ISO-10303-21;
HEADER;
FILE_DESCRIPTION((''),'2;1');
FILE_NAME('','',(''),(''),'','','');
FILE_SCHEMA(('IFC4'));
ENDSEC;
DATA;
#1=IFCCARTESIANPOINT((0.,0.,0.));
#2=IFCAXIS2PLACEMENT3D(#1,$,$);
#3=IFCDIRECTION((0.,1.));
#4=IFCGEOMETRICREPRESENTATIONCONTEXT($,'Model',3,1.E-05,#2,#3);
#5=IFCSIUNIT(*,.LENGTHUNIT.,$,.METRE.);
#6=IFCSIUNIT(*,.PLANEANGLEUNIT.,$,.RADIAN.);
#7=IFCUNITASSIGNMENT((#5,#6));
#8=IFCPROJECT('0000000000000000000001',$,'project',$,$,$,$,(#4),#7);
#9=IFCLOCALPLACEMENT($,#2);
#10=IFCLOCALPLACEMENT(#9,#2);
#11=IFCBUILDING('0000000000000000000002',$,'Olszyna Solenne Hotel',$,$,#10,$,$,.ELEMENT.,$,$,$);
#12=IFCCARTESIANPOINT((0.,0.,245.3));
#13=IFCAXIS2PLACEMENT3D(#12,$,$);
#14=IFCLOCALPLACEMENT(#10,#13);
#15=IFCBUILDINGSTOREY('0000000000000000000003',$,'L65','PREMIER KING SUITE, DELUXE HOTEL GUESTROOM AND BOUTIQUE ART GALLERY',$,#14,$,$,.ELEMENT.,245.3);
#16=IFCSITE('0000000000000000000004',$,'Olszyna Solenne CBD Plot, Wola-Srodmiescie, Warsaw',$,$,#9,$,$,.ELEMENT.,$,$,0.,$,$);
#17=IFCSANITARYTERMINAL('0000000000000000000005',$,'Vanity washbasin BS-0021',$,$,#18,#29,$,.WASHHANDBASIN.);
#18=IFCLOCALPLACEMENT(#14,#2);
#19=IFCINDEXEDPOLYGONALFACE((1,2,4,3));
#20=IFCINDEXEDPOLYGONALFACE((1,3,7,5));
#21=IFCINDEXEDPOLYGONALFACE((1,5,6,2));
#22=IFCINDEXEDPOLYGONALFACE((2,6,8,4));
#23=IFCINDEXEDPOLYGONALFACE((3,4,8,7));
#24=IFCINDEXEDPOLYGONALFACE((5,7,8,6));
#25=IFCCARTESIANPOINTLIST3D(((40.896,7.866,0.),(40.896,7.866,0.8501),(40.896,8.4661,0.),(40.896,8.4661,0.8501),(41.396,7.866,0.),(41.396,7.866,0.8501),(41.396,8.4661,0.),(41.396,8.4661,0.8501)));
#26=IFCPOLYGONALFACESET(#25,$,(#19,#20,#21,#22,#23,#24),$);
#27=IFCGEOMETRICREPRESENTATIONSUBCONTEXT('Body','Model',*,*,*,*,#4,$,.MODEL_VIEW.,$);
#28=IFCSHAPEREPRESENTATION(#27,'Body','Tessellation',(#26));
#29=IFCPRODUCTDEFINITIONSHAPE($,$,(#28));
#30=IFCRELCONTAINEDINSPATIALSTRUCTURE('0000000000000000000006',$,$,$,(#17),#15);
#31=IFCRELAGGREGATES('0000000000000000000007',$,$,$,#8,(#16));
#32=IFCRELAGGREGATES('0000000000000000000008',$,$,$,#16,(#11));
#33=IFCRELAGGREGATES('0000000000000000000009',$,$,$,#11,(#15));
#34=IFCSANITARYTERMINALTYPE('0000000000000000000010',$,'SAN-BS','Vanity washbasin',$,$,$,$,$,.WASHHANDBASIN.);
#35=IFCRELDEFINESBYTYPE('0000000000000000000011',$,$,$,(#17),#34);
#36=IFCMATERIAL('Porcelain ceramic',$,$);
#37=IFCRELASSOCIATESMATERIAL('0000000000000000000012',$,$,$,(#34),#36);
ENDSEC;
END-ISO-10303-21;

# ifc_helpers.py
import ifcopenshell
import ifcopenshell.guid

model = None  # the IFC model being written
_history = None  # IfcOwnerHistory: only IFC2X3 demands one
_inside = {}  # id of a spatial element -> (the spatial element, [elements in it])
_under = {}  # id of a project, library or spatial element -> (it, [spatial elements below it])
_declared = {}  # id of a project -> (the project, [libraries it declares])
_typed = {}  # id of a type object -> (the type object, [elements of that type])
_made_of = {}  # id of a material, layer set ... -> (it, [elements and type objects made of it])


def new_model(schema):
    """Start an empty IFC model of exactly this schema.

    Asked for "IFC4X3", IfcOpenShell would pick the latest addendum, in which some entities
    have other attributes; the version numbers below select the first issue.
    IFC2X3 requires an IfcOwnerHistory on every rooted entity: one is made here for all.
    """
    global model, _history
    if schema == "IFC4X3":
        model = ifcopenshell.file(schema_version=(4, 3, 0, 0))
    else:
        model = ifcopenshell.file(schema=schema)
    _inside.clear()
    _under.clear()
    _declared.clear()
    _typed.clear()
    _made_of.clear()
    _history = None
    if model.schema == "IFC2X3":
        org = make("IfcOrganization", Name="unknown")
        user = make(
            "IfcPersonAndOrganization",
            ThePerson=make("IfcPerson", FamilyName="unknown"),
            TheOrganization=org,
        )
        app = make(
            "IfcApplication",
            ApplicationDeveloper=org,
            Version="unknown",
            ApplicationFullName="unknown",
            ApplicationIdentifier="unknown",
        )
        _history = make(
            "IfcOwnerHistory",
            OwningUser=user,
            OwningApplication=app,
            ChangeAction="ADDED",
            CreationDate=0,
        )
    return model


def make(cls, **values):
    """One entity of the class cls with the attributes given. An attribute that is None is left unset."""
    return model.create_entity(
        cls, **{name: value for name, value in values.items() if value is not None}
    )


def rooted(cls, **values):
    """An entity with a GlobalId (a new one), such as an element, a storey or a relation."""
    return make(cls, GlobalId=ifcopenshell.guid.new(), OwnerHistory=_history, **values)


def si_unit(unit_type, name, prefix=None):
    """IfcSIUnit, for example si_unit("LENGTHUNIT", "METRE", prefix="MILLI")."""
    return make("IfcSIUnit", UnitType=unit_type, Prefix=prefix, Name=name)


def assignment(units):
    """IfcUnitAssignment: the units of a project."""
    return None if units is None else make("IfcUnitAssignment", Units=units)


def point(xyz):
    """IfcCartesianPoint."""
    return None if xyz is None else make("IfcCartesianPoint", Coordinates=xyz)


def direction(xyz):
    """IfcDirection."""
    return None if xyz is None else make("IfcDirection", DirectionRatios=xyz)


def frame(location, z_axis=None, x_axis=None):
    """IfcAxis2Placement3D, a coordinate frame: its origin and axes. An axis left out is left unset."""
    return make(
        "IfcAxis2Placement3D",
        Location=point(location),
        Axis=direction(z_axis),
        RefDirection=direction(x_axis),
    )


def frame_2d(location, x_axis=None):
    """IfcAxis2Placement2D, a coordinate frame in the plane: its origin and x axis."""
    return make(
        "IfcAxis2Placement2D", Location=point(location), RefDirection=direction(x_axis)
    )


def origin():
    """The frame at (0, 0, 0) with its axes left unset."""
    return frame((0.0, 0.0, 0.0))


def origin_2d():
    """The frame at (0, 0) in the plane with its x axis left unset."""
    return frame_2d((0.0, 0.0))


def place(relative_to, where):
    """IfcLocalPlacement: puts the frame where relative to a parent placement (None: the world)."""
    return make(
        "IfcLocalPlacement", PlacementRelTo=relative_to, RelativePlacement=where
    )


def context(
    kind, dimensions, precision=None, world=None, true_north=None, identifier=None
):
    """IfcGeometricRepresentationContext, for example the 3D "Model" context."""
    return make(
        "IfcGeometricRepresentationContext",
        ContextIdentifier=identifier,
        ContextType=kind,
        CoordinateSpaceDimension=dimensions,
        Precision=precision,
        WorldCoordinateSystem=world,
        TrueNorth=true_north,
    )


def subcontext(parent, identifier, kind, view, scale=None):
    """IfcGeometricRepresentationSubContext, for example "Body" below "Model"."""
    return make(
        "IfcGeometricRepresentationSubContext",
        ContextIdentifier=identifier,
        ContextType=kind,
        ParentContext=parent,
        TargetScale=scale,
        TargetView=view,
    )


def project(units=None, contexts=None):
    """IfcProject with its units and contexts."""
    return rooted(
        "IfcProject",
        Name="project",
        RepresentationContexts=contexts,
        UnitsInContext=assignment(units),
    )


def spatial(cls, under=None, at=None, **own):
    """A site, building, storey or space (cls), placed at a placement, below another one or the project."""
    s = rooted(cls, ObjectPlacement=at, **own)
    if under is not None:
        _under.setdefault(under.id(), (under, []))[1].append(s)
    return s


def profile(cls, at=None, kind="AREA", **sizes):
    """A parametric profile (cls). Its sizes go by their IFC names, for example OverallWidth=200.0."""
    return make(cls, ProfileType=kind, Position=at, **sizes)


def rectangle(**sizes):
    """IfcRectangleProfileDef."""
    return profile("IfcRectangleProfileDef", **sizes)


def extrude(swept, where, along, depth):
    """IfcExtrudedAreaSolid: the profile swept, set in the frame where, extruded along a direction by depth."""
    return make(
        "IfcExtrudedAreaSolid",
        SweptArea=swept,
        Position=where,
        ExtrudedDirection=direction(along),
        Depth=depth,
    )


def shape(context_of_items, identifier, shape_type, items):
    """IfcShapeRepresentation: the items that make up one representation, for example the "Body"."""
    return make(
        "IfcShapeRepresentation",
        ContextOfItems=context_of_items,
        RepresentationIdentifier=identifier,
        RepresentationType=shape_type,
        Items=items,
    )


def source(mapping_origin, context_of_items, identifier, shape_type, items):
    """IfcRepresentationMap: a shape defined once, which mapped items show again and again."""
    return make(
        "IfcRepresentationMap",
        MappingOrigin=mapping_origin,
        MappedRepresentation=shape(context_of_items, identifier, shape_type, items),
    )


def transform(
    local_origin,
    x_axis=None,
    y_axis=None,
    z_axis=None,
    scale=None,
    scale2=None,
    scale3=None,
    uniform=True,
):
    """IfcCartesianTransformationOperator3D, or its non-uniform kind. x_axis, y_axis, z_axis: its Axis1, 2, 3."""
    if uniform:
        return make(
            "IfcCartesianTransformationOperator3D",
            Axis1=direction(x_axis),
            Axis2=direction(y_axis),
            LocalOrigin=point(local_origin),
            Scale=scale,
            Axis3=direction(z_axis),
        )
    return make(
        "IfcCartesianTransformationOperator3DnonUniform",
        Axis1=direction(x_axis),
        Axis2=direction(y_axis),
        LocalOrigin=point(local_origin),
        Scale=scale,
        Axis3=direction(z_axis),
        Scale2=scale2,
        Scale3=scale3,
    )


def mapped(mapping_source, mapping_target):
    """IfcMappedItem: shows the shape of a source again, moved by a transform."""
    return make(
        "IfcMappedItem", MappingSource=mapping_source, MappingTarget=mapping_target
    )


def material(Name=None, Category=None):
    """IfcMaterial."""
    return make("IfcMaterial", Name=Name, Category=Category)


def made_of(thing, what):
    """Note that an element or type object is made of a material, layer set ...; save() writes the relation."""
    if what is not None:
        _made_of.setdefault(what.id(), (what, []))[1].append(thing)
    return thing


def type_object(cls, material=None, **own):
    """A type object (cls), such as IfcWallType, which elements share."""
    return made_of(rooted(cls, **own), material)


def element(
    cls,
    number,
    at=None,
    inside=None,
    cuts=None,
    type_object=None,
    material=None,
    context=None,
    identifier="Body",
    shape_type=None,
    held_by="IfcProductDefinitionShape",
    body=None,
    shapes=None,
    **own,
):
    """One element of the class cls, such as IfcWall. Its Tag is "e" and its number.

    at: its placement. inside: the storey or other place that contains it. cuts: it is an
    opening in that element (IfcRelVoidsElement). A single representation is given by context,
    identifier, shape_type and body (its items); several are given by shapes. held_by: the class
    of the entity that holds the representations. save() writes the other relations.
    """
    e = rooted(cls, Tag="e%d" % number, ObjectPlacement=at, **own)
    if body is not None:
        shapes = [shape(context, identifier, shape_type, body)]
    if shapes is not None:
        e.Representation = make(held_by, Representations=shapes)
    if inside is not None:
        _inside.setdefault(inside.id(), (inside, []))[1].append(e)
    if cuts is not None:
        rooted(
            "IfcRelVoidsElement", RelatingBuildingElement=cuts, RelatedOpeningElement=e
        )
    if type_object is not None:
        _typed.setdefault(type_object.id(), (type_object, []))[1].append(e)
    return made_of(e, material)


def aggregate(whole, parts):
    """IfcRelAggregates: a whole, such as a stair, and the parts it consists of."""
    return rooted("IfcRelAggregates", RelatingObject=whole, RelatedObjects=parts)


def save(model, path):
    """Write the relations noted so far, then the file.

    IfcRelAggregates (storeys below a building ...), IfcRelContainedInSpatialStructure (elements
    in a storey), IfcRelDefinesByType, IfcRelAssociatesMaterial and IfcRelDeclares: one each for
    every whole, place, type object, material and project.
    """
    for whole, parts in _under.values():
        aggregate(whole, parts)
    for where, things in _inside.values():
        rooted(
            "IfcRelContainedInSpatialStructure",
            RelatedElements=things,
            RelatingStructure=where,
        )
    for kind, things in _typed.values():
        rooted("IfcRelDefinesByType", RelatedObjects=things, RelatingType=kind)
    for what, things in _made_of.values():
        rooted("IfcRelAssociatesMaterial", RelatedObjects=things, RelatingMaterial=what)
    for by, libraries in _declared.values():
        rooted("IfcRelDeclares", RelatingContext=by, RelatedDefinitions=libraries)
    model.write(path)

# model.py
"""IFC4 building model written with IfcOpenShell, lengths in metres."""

from ifc_helpers import new_model, si_unit, direction, frame, origin, origin_2d, place, context, subcontext, project, spatial, rectangle, extrude, source, transform, mapped, material, type_object, element, save


model = new_model("IFC4")

# Units and contexts
model_context = context("Model", 3, precision=1e-05, world=origin(), true_north=direction((0.0, 1.0)))
body_context = subcontext(model_context, "Body", "Model", "MODEL_VIEW")
ifc_project = project(units=[si_unit("LENGTHUNIT", "METRE"), si_unit("PLANEANGLEUNIT", "RADIAN")], contexts=[model_context])

# Site, building, storey
site_placement = place(None, origin())
site = spatial("IfcSite", under=ifc_project, at=site_placement, Name="Olszyna Solenne CBD Plot, Wola-Srodmiescie, Warsaw", CompositionType="ELEMENT", RefElevation=0.0)
building_placement = place(site_placement, origin())
building = spatial("IfcBuilding", under=site, at=building_placement, Name="Olszyna Solenne Hotel", CompositionType="ELEMENT")
storey_placement = place(building_placement, frame((0.0, 0.0, 245.3)))
storey = spatial("IfcBuildingStorey", under=building, at=storey_placement, Name="L65", Description="PREMIER KING SUITE, DELUXE HOTEL GUESTROOM AND BOUTIQUE ART GALLERY", CompositionType="ELEMENT", Elevation=245.3)

# Sanitary terminal
ifc_material_1 = material(Name="Porcelain ceramic")
sanitary_terminal_type_1 = type_object("IfcSanitaryTerminalType", Name="SAN-BS", Description="Vanity washbasin", PredefinedType="WASHHANDBASIN", material=ifc_material_1)
shared_shape_1 = source(origin(), body_context, "Body", "SweptSolid", [
    extrude(rectangle(XDim=0.5, YDim=0.6001, at=origin_2d()), origin(), (0.0, 0.0, 1.0), 0.8501),
])
sanitary_terminal_1_placement = place(storey_placement, frame((41.146, 8.166, 0.0), z_axis=(0.0, 0.0, 1.0), x_axis=(1.0, 0.0, 0.0)))
element("IfcSanitaryTerminal", 1, at=sanitary_terminal_1_placement, inside=storey, type_object=sanitary_terminal_type_1, Name="Vanity washbasin BS-0021", PredefinedType="WASHHANDBASIN", context=body_context, shape_type="MappedRepresentation", body=[
    mapped(shared_shape_1, transform((0.0, 0.0, 0.0), x_axis=(1.0, 0.0, 0.0), y_axis=(0.0, 1.0, 0.0), z_axis=(0.0, 0.0, 1.0), scale=1.0)),
])

save(model, "model.ifc")
